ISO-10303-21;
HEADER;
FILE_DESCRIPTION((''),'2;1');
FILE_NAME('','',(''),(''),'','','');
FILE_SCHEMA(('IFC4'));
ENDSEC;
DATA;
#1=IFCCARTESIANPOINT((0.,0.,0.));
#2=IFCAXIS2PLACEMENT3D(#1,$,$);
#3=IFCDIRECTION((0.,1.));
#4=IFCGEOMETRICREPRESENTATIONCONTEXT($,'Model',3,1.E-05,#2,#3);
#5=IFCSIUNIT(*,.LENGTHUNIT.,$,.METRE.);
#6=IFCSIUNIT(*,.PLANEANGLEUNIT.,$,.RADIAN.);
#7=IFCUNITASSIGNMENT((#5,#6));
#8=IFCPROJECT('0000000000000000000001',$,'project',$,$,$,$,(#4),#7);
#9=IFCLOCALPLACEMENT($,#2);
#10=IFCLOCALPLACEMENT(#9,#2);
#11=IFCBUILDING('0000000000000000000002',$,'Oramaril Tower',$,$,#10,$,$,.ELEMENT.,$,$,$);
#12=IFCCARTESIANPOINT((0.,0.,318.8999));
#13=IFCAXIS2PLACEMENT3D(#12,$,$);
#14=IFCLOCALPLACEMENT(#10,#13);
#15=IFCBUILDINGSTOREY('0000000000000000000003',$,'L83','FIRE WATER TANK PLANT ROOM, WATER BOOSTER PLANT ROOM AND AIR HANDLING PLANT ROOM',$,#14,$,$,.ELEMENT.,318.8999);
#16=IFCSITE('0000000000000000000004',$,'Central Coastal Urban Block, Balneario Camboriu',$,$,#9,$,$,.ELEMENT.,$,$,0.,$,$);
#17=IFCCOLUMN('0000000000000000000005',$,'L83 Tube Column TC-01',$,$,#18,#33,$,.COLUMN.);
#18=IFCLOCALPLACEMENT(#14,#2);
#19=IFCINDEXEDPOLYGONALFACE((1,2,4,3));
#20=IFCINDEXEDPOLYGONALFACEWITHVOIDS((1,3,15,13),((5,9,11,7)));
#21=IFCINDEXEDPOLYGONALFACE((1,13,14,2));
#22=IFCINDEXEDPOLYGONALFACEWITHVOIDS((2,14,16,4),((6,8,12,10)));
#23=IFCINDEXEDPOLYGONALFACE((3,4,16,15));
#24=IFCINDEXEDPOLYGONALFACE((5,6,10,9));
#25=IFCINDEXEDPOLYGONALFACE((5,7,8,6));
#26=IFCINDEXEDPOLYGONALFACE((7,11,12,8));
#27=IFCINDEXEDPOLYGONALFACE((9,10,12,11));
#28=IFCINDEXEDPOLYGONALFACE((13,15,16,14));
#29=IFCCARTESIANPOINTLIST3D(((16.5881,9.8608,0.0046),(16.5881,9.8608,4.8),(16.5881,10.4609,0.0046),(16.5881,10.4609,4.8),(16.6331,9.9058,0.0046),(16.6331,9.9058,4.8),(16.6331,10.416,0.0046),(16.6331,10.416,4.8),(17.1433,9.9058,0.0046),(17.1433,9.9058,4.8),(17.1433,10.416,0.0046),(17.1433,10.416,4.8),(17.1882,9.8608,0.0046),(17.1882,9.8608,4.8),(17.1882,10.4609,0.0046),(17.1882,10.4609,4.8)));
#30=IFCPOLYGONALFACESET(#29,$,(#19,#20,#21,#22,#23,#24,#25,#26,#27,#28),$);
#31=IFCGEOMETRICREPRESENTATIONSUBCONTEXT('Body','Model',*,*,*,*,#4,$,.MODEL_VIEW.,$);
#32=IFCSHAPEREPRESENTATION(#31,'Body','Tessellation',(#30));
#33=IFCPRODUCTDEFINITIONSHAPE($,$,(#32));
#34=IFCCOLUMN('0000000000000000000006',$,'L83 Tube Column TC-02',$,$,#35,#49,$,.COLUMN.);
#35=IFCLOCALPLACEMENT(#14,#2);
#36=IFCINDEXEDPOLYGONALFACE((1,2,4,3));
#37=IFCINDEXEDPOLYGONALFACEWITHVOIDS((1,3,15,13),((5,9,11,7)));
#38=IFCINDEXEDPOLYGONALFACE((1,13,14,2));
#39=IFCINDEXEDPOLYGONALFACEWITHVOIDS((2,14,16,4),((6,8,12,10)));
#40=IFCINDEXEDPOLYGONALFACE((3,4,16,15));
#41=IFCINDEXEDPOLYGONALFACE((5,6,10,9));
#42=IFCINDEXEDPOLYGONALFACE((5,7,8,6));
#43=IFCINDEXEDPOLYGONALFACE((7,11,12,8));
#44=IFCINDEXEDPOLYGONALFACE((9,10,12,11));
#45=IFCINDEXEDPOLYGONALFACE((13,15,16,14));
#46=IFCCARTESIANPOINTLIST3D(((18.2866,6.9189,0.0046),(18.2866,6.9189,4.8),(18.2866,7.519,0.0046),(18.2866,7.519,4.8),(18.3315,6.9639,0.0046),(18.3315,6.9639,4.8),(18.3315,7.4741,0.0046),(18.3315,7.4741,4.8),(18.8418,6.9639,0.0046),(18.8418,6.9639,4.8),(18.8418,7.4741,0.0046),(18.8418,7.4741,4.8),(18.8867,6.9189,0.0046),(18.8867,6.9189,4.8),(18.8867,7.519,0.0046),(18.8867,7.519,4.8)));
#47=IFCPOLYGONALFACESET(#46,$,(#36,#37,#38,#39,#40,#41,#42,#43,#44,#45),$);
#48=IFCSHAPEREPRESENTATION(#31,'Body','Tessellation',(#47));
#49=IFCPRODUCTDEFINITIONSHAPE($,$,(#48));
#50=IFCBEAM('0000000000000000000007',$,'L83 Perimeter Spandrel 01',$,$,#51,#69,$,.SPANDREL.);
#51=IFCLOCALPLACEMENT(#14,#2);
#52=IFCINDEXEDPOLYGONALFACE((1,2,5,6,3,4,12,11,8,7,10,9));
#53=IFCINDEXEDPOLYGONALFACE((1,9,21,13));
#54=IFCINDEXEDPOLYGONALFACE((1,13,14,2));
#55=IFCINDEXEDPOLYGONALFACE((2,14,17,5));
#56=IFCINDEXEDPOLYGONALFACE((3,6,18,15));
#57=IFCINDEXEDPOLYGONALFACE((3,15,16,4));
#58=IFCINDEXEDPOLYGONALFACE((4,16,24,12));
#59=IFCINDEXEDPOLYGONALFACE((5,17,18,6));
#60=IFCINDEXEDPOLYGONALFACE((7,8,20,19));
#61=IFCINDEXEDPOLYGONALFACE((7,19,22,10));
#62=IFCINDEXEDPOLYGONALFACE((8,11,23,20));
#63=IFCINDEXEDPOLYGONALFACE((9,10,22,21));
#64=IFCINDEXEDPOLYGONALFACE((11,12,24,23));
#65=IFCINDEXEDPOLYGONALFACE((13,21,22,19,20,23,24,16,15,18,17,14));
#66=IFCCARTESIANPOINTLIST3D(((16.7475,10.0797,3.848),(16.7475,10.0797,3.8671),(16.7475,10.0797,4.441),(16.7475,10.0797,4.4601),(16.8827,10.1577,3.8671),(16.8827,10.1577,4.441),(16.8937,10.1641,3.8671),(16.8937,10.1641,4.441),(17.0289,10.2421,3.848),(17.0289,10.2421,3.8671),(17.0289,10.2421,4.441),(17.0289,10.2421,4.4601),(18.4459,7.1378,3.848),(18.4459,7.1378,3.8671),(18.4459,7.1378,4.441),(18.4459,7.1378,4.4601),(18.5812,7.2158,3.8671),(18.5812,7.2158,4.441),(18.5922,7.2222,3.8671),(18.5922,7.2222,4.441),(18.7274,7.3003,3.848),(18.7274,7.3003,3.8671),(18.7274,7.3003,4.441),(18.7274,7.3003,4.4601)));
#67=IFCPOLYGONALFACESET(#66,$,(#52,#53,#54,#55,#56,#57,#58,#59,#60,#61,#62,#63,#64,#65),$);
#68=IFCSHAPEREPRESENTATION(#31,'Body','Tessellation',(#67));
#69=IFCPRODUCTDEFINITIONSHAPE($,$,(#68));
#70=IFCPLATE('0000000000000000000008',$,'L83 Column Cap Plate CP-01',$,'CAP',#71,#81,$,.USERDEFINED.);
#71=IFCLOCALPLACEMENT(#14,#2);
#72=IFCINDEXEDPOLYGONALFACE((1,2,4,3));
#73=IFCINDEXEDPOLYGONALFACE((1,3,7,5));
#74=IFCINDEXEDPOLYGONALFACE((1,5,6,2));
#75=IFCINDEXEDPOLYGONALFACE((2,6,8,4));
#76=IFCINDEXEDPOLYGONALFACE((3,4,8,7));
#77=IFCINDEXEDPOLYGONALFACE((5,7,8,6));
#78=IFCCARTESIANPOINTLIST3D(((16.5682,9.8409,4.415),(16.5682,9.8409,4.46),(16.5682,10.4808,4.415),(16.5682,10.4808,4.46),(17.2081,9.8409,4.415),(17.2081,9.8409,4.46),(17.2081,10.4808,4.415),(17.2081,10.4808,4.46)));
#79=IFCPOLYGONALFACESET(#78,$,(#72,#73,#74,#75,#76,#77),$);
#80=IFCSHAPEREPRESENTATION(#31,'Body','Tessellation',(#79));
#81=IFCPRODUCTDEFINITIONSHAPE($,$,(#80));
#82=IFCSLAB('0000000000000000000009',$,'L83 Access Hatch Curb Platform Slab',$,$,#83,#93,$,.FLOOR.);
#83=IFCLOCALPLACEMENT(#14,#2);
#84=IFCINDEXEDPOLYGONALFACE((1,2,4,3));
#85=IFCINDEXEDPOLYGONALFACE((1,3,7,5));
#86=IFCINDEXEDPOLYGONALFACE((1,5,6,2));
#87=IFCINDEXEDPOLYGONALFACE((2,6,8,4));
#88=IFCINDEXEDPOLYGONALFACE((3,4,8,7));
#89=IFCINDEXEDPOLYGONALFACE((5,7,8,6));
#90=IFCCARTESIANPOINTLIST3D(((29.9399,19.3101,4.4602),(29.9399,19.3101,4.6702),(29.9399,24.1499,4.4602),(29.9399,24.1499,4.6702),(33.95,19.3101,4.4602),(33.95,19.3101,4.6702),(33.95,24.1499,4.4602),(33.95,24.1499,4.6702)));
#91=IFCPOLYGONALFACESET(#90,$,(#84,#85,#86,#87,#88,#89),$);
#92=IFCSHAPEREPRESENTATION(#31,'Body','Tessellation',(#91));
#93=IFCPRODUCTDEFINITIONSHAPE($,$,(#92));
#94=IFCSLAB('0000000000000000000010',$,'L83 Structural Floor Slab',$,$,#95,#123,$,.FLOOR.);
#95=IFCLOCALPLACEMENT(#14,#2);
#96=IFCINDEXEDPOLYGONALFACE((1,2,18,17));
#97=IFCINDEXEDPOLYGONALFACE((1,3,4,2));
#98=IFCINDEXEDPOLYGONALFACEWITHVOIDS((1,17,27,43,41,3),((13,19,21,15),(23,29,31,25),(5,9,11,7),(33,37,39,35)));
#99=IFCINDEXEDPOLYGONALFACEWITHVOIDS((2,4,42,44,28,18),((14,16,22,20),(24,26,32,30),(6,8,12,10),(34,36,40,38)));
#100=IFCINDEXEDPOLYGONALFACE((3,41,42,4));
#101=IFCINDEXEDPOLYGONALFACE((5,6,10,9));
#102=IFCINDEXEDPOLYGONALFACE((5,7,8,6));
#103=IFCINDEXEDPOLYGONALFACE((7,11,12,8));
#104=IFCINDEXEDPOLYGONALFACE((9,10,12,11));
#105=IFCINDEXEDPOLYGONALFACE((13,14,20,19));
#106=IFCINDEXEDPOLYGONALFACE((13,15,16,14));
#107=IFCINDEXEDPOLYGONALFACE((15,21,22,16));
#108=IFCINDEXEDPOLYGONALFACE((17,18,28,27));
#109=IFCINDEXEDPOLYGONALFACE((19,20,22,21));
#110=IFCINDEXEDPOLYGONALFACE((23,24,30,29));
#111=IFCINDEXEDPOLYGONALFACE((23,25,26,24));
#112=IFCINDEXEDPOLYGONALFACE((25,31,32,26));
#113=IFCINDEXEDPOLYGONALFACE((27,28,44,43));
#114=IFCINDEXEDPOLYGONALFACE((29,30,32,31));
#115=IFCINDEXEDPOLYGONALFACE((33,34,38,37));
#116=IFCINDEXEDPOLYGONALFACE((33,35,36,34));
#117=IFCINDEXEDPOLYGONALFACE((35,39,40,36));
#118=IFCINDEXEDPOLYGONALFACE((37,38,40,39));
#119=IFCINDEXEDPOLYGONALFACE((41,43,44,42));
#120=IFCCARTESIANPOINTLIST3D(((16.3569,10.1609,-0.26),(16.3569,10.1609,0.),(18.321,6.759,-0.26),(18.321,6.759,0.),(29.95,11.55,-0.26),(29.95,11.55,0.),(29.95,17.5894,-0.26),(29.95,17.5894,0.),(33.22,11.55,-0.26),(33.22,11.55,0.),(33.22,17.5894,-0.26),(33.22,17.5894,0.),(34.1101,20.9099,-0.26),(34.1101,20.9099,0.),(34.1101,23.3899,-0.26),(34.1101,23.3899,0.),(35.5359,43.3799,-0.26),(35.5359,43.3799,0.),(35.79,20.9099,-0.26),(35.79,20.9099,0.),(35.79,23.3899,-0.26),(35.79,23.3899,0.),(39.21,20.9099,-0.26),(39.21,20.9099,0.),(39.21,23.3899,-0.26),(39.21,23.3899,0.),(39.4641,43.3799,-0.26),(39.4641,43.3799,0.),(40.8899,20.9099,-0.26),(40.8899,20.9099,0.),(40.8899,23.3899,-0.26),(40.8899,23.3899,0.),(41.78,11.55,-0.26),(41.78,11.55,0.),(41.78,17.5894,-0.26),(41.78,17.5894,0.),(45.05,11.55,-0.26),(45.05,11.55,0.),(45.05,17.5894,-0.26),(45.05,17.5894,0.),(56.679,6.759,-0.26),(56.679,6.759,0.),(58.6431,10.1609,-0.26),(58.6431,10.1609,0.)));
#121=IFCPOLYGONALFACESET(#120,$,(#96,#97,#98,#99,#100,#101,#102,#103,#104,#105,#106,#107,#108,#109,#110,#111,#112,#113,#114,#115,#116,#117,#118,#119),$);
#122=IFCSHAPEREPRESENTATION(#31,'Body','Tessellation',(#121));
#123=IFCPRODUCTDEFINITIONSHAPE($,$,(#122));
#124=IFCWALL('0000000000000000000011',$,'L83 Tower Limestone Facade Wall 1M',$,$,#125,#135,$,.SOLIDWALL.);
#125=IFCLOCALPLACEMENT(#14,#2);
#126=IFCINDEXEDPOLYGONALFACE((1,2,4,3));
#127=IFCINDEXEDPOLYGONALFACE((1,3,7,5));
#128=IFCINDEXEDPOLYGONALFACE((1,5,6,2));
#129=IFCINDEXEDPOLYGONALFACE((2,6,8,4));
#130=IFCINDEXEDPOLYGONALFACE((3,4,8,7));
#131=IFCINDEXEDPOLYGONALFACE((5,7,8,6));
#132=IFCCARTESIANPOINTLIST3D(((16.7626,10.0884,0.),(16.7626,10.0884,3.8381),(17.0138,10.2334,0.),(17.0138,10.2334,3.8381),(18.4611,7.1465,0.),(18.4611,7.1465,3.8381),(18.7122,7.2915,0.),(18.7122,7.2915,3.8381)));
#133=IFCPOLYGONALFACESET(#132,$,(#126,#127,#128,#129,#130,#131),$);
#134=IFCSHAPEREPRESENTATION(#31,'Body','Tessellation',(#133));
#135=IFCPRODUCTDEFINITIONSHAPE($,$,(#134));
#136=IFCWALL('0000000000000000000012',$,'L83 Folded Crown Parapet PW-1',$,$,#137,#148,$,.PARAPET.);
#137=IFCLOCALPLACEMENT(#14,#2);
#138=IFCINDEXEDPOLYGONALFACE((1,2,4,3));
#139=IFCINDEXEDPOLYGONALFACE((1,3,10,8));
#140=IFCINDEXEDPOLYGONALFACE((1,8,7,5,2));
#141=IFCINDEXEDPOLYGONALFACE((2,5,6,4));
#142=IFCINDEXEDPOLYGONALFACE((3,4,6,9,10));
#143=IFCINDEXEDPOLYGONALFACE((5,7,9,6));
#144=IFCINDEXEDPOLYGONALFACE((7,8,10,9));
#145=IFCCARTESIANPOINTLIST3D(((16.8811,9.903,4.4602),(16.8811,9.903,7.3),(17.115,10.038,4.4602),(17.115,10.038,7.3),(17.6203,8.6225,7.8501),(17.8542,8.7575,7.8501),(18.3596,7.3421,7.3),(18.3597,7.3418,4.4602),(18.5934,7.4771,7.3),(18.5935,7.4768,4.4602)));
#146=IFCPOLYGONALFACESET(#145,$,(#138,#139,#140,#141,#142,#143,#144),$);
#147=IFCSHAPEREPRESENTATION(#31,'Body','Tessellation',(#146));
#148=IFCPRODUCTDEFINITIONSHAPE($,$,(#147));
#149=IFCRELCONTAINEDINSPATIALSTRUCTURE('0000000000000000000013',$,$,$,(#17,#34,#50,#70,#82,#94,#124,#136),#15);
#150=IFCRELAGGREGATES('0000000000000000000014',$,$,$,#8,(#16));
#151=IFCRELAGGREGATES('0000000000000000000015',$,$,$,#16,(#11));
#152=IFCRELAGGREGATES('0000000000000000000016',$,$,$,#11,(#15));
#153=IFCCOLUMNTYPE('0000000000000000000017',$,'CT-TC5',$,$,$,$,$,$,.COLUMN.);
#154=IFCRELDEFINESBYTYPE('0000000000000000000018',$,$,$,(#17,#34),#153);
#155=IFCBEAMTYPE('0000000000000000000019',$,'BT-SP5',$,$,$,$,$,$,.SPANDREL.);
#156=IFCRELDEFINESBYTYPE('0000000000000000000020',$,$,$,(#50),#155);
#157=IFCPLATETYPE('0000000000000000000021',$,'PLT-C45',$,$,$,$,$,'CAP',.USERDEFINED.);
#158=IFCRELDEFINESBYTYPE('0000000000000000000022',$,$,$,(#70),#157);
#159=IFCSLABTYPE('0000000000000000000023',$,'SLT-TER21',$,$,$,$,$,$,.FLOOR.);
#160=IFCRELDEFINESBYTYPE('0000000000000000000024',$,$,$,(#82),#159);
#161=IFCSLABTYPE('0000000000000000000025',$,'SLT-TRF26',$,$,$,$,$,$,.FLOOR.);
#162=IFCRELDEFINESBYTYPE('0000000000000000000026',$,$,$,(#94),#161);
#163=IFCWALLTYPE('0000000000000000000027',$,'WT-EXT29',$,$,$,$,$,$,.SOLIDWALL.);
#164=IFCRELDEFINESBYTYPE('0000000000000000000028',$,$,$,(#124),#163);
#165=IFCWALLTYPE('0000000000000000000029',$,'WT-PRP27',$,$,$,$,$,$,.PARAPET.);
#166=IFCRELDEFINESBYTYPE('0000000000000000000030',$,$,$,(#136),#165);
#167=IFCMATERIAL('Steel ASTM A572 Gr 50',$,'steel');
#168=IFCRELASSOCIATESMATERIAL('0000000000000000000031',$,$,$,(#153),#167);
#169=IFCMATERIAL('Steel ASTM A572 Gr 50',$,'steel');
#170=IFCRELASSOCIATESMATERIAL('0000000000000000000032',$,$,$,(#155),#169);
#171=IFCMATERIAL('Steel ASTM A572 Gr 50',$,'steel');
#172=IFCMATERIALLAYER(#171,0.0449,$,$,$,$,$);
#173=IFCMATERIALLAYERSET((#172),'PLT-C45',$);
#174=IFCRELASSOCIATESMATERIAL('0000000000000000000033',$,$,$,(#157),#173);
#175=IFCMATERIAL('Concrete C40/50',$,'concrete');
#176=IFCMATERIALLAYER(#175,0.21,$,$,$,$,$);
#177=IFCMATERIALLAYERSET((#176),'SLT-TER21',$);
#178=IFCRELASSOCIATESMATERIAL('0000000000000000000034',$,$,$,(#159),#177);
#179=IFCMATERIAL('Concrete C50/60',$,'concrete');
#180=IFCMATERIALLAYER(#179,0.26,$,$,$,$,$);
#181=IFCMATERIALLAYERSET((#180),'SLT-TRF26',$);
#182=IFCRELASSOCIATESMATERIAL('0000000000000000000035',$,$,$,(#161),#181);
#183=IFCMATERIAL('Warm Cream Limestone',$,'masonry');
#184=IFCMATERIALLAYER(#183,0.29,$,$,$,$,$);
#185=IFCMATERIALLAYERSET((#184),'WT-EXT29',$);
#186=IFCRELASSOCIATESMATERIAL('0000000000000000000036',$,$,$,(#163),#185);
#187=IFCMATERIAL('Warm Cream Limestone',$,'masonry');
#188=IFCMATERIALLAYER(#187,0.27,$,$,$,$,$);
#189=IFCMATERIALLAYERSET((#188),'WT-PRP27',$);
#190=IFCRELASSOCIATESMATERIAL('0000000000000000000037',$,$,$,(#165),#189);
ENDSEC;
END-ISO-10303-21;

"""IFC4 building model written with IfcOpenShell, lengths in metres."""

from ifc_helpers import new_model, si_unit, direction, frame, frame_2d, origin, origin_2d, place, context, subcontext, project, spatial, polyline, rectangle, hollow_rectangle, i_section, outline, extrude, material, layer, layer_set, material_profile, profile_set, type_object, element, save


model = new_model("IFC4")

# Units and contexts
model_context = context("Model", 3, precision=1e-05, world=origin(), true_north=direction((0.0, 1.0)))
body_context = subcontext(model_context, "Body", "Model", "MODEL_VIEW")
ifc_project = project(units=[si_unit("LENGTHUNIT", "METRE"), si_unit("PLANEANGLEUNIT", "RADIAN")], contexts=[model_context])

# Site, building, storey
site_placement = place(None, origin())
site = spatial("IfcSite", under=ifc_project, at=site_placement, Name="Central Coastal Urban Block, Balneario Camboriu", CompositionType="ELEMENT", RefElevation=0.0)
building_placement = place(site_placement, origin())
building = spatial("IfcBuilding", under=site, at=building_placement, Name="Oramaril Tower", CompositionType="ELEMENT")
storey_placement = place(building_placement, frame((0.0, 0.0, 318.8999)))
storey = spatial("IfcBuildingStorey", under=building, at=storey_placement, Name="L83", Description="FIRE WATER TANK PLANT ROOM, WATER BOOSTER PLANT ROOM AND AIR HANDLING PLANT ROOM", CompositionType="ELEMENT", Elevation=318.8999)

# Columns
ifc_material_1 = material(Name="Steel ASTM A572 Gr 50", Category="steel")
ifc_material_profile_1 = material_profile(ifc_material_1, hollow_rectangle(XDim=0.6001, YDim=0.6001, WallThickness=0.0449, at=origin_2d()), Name="BOX600X600X45")
ifc_profile_set_1 = profile_set([ifc_material_profile_1], Name="Steel ASTM A572 Gr 50")
column_type = type_object("IfcColumnType", Name="CT-TC5", PredefinedType="COLUMN", material=ifc_profile_set_1)
for number, where, z_axis, x_axis, name in (
    (1, (16.8882, 10.1609, 0.0046), (0.0, 0.0, 1.0), (1.0, 0.0, 0.0), "L83 Tube Column TC-01"),
    (2, (18.5867, 7.219, 0.0046), (0.0, 0.0, 1.0), (1.0, 0.0, 0.0), "L83 Tube Column TC-02"),
):
    element("IfcColumn", number, at=place(storey_placement, frame(where, z_axis=z_axis, x_axis=x_axis)), inside=storey, type_object=column_type, Name=name, PredefinedType="COLUMN", context=body_context, shape_type="SweptSolid", body=[
        extrude(hollow_rectangle(XDim=0.6001, YDim=0.6001, WallThickness=0.0449, at=origin_2d()), origin(), (0.0, 0.0, 1.0), 4.7954),
    ])

# Beam
ifc_material_2 = material(Name="Steel ASTM A572 Gr 50", Category="steel")
ifc_material_profile_2 = material_profile(ifc_material_2, i_section(OverallWidth=0.325, OverallDepth=0.6121, WebThickness=0.0127, FlangeThickness=0.019, at=origin_2d()), Name="W24X104")
ifc_profile_set_2 = profile_set([ifc_material_profile_2], Name="Steel ASTM A572 Gr 50")
beam_type = type_object("IfcBeamType", Name="BT-SP5", PredefinedType="SPANDREL", material=ifc_profile_set_2)
beam_placement = place(storey_placement, frame((16.8882, 10.1609, 4.1541), z_axis=(0.499996, -0.866028, 0.0), x_axis=(0.866028, 0.499996, 0.0)))
element("IfcBeam", 3, at=beam_placement, inside=storey, type_object=beam_type, Name="L83 Perimeter Spandrel 01", PredefinedType="SPANDREL", context=body_context, shape_type="SweptSolid", body=[
    extrude(i_section(OverallWidth=0.325, OverallDepth=0.6121, WebThickness=0.0127, FlangeThickness=0.019, at=origin_2d()), origin(), (0.0, 0.0, 1.0), 3.397),
])

# Plate
ifc_material_3 = material(Name="Steel ASTM A572 Gr 50", Category="steel")
ifc_layer_1 = layer(ifc_material_3, 0.0449)
ifc_layer_set_1 = layer_set([ifc_layer_1], Name="PLT-C45")
plate_type = type_object("IfcPlateType", Name="PLT-C45", ElementType="CAP", PredefinedType="USERDEFINED", material=ifc_layer_set_1)
plate_placement = place(storey_placement, frame((16.8882, 10.1609, 4.415), z_axis=(0.0, 0.0, 1.0), x_axis=(1.0, 0.0, 0.0)))
element("IfcPlate", 4, at=plate_placement, inside=storey, type_object=plate_type, Name="L83 Column Cap Plate CP-01", ObjectType="CAP", PredefinedType="USERDEFINED", context=body_context, shape_type="SweptSolid", body=[
    extrude(rectangle(XDim=0.6399, YDim=0.6399, at=origin_2d()), origin(), (0.0, 0.0, 1.0), 0.0449),
])

# Slabs
ifc_material_4 = material(Name="Concrete C40/50", Category="concrete")
ifc_layer_2 = layer(ifc_material_4, 0.21)
ifc_layer_set_2 = layer_set([ifc_layer_2], Name="SLT-TER21")
slab_type_1 = type_object("IfcSlabType", Name="SLT-TER21", PredefinedType="FLOOR", material=ifc_layer_set_2)
slab_1_placement = place(storey_placement, frame((0.0, 0.0, 4.4602)))
element("IfcSlab", 5, at=slab_1_placement, inside=storey, type_object=slab_type_1, Name="L83 Access Hatch Curb Platform Slab", PredefinedType="FLOOR", context=body_context, shape_type="SweptSolid", body=[
    extrude(outline(polyline([(29.9399, 19.3101), (33.95, 19.3101), (33.95, 24.1499), (29.9399, 24.1499), (29.9399, 19.3101)])), origin(), (0.0, 0.0, 1.0), 0.21),
])
ifc_material_5 = material(Name="Concrete C50/60", Category="concrete")
ifc_layer_3 = layer(ifc_material_5, 0.26)
ifc_layer_set_3 = layer_set([ifc_layer_3], Name="SLT-TRF26")
slab_type_2 = type_object("IfcSlabType", Name="SLT-TRF26", PredefinedType="FLOOR", material=ifc_layer_set_3)
slab_2_placement = place(storey_placement, frame((0.0, 0.0, -0.26)))
element("IfcSlab", 6, at=slab_2_placement, inside=storey, type_object=slab_type_2, Name="L83 Structural Floor Slab", PredefinedType="FLOOR", context=body_context, shape_type="SweptSolid", body=[
    extrude(outline(polyline([(16.3569, 10.1609), (18.321, 6.759), (56.679, 6.759), (58.6431, 10.1609), (39.4641, 43.3799), (35.5359, 43.3799), (16.3569, 10.1609)]), holes=[polyline([(29.95, 17.5894), (29.95, 11.55), (33.22, 11.55), (33.22, 17.5894), (29.95, 17.5894)]), polyline([(41.78, 17.5894), (41.78, 11.55), (45.05, 11.55), (45.05, 17.5894), (41.78, 17.5894)]), polyline([(34.1101, 20.9099), (35.79, 20.9099), (35.79, 23.3899), (34.1101, 23.3899), (34.1101, 20.9099)]), polyline([(39.21, 20.9099), (40.8899, 20.9099), (40.8899, 23.3899), (39.21, 23.3899), (39.21, 20.9099)])]), origin(), (0.0, 0.0, 1.0), 0.26),
])

# Walls
ifc_material_6 = material(Name="Warm Cream Limestone", Category="masonry")
ifc_layer_4 = layer(ifc_material_6, 0.29)
ifc_layer_set_4 = layer_set([ifc_layer_4], Name="WT-EXT29")
wall_type_1 = type_object("IfcWallType", Name="WT-EXT29", PredefinedType="SOLIDWALL", material=ifc_layer_set_4)
wall_1_placement = place(storey_placement, frame((16.8882, 10.1609, 0.0), z_axis=(0.0, 0.0, 1.0), x_axis=(0.499996, -0.866028, 0.0)))
element("IfcWall", 7, at=wall_1_placement, inside=storey, type_object=wall_type_1, Name="L83 Tower Limestone Facade Wall 1M", PredefinedType="SOLIDWALL", context=body_context, shape_type="SweptSolid", body=[
    extrude(rectangle(XDim=3.397, YDim=0.29, at=frame_2d((1.6985, 0.0))), origin(), (0.0, 0.0, 1.0), 3.8381),
])
ifc_material_7 = material(Name="Warm Cream Limestone", Category="masonry")
ifc_layer_5 = layer(ifc_material_7, 0.27)
ifc_layer_set_5 = layer_set([ifc_layer_5], Name="WT-PRP27")
wall_type_2 = type_object("IfcWallType", Name="WT-PRP27", PredefinedType="PARAPET", material=ifc_layer_set_5)
wall_2_placement = place(storey_placement, frame((16.998, 9.9705, 4.4602), z_axis=(0.0, 0.0, 1.0), x_axis=(0.499975, -0.86604, 0.0)))
element("IfcWall", 8, at=wall_2_placement, inside=storey, type_object=wall_type_2, Name="L83 Folded Crown Parapet PW-1", PredefinedType="PARAPET", context=body_context, shape_type="SweptSolid", body=[
    extrude(outline(polyline([(0.0, 0.0), (2.9573, 0.0), (2.957, 2.8398), (1.4785, 3.3899), (0.0, 2.8398), (0.0, 0.0)])), frame((0.0, 0.135, 0.0), z_axis=(0.0, -1.0, 0.0), x_axis=(1.0, 0.0, 0.0)), (0.0, 0.0, 1.0), 0.27),
])

save(model, "model.ifc")
